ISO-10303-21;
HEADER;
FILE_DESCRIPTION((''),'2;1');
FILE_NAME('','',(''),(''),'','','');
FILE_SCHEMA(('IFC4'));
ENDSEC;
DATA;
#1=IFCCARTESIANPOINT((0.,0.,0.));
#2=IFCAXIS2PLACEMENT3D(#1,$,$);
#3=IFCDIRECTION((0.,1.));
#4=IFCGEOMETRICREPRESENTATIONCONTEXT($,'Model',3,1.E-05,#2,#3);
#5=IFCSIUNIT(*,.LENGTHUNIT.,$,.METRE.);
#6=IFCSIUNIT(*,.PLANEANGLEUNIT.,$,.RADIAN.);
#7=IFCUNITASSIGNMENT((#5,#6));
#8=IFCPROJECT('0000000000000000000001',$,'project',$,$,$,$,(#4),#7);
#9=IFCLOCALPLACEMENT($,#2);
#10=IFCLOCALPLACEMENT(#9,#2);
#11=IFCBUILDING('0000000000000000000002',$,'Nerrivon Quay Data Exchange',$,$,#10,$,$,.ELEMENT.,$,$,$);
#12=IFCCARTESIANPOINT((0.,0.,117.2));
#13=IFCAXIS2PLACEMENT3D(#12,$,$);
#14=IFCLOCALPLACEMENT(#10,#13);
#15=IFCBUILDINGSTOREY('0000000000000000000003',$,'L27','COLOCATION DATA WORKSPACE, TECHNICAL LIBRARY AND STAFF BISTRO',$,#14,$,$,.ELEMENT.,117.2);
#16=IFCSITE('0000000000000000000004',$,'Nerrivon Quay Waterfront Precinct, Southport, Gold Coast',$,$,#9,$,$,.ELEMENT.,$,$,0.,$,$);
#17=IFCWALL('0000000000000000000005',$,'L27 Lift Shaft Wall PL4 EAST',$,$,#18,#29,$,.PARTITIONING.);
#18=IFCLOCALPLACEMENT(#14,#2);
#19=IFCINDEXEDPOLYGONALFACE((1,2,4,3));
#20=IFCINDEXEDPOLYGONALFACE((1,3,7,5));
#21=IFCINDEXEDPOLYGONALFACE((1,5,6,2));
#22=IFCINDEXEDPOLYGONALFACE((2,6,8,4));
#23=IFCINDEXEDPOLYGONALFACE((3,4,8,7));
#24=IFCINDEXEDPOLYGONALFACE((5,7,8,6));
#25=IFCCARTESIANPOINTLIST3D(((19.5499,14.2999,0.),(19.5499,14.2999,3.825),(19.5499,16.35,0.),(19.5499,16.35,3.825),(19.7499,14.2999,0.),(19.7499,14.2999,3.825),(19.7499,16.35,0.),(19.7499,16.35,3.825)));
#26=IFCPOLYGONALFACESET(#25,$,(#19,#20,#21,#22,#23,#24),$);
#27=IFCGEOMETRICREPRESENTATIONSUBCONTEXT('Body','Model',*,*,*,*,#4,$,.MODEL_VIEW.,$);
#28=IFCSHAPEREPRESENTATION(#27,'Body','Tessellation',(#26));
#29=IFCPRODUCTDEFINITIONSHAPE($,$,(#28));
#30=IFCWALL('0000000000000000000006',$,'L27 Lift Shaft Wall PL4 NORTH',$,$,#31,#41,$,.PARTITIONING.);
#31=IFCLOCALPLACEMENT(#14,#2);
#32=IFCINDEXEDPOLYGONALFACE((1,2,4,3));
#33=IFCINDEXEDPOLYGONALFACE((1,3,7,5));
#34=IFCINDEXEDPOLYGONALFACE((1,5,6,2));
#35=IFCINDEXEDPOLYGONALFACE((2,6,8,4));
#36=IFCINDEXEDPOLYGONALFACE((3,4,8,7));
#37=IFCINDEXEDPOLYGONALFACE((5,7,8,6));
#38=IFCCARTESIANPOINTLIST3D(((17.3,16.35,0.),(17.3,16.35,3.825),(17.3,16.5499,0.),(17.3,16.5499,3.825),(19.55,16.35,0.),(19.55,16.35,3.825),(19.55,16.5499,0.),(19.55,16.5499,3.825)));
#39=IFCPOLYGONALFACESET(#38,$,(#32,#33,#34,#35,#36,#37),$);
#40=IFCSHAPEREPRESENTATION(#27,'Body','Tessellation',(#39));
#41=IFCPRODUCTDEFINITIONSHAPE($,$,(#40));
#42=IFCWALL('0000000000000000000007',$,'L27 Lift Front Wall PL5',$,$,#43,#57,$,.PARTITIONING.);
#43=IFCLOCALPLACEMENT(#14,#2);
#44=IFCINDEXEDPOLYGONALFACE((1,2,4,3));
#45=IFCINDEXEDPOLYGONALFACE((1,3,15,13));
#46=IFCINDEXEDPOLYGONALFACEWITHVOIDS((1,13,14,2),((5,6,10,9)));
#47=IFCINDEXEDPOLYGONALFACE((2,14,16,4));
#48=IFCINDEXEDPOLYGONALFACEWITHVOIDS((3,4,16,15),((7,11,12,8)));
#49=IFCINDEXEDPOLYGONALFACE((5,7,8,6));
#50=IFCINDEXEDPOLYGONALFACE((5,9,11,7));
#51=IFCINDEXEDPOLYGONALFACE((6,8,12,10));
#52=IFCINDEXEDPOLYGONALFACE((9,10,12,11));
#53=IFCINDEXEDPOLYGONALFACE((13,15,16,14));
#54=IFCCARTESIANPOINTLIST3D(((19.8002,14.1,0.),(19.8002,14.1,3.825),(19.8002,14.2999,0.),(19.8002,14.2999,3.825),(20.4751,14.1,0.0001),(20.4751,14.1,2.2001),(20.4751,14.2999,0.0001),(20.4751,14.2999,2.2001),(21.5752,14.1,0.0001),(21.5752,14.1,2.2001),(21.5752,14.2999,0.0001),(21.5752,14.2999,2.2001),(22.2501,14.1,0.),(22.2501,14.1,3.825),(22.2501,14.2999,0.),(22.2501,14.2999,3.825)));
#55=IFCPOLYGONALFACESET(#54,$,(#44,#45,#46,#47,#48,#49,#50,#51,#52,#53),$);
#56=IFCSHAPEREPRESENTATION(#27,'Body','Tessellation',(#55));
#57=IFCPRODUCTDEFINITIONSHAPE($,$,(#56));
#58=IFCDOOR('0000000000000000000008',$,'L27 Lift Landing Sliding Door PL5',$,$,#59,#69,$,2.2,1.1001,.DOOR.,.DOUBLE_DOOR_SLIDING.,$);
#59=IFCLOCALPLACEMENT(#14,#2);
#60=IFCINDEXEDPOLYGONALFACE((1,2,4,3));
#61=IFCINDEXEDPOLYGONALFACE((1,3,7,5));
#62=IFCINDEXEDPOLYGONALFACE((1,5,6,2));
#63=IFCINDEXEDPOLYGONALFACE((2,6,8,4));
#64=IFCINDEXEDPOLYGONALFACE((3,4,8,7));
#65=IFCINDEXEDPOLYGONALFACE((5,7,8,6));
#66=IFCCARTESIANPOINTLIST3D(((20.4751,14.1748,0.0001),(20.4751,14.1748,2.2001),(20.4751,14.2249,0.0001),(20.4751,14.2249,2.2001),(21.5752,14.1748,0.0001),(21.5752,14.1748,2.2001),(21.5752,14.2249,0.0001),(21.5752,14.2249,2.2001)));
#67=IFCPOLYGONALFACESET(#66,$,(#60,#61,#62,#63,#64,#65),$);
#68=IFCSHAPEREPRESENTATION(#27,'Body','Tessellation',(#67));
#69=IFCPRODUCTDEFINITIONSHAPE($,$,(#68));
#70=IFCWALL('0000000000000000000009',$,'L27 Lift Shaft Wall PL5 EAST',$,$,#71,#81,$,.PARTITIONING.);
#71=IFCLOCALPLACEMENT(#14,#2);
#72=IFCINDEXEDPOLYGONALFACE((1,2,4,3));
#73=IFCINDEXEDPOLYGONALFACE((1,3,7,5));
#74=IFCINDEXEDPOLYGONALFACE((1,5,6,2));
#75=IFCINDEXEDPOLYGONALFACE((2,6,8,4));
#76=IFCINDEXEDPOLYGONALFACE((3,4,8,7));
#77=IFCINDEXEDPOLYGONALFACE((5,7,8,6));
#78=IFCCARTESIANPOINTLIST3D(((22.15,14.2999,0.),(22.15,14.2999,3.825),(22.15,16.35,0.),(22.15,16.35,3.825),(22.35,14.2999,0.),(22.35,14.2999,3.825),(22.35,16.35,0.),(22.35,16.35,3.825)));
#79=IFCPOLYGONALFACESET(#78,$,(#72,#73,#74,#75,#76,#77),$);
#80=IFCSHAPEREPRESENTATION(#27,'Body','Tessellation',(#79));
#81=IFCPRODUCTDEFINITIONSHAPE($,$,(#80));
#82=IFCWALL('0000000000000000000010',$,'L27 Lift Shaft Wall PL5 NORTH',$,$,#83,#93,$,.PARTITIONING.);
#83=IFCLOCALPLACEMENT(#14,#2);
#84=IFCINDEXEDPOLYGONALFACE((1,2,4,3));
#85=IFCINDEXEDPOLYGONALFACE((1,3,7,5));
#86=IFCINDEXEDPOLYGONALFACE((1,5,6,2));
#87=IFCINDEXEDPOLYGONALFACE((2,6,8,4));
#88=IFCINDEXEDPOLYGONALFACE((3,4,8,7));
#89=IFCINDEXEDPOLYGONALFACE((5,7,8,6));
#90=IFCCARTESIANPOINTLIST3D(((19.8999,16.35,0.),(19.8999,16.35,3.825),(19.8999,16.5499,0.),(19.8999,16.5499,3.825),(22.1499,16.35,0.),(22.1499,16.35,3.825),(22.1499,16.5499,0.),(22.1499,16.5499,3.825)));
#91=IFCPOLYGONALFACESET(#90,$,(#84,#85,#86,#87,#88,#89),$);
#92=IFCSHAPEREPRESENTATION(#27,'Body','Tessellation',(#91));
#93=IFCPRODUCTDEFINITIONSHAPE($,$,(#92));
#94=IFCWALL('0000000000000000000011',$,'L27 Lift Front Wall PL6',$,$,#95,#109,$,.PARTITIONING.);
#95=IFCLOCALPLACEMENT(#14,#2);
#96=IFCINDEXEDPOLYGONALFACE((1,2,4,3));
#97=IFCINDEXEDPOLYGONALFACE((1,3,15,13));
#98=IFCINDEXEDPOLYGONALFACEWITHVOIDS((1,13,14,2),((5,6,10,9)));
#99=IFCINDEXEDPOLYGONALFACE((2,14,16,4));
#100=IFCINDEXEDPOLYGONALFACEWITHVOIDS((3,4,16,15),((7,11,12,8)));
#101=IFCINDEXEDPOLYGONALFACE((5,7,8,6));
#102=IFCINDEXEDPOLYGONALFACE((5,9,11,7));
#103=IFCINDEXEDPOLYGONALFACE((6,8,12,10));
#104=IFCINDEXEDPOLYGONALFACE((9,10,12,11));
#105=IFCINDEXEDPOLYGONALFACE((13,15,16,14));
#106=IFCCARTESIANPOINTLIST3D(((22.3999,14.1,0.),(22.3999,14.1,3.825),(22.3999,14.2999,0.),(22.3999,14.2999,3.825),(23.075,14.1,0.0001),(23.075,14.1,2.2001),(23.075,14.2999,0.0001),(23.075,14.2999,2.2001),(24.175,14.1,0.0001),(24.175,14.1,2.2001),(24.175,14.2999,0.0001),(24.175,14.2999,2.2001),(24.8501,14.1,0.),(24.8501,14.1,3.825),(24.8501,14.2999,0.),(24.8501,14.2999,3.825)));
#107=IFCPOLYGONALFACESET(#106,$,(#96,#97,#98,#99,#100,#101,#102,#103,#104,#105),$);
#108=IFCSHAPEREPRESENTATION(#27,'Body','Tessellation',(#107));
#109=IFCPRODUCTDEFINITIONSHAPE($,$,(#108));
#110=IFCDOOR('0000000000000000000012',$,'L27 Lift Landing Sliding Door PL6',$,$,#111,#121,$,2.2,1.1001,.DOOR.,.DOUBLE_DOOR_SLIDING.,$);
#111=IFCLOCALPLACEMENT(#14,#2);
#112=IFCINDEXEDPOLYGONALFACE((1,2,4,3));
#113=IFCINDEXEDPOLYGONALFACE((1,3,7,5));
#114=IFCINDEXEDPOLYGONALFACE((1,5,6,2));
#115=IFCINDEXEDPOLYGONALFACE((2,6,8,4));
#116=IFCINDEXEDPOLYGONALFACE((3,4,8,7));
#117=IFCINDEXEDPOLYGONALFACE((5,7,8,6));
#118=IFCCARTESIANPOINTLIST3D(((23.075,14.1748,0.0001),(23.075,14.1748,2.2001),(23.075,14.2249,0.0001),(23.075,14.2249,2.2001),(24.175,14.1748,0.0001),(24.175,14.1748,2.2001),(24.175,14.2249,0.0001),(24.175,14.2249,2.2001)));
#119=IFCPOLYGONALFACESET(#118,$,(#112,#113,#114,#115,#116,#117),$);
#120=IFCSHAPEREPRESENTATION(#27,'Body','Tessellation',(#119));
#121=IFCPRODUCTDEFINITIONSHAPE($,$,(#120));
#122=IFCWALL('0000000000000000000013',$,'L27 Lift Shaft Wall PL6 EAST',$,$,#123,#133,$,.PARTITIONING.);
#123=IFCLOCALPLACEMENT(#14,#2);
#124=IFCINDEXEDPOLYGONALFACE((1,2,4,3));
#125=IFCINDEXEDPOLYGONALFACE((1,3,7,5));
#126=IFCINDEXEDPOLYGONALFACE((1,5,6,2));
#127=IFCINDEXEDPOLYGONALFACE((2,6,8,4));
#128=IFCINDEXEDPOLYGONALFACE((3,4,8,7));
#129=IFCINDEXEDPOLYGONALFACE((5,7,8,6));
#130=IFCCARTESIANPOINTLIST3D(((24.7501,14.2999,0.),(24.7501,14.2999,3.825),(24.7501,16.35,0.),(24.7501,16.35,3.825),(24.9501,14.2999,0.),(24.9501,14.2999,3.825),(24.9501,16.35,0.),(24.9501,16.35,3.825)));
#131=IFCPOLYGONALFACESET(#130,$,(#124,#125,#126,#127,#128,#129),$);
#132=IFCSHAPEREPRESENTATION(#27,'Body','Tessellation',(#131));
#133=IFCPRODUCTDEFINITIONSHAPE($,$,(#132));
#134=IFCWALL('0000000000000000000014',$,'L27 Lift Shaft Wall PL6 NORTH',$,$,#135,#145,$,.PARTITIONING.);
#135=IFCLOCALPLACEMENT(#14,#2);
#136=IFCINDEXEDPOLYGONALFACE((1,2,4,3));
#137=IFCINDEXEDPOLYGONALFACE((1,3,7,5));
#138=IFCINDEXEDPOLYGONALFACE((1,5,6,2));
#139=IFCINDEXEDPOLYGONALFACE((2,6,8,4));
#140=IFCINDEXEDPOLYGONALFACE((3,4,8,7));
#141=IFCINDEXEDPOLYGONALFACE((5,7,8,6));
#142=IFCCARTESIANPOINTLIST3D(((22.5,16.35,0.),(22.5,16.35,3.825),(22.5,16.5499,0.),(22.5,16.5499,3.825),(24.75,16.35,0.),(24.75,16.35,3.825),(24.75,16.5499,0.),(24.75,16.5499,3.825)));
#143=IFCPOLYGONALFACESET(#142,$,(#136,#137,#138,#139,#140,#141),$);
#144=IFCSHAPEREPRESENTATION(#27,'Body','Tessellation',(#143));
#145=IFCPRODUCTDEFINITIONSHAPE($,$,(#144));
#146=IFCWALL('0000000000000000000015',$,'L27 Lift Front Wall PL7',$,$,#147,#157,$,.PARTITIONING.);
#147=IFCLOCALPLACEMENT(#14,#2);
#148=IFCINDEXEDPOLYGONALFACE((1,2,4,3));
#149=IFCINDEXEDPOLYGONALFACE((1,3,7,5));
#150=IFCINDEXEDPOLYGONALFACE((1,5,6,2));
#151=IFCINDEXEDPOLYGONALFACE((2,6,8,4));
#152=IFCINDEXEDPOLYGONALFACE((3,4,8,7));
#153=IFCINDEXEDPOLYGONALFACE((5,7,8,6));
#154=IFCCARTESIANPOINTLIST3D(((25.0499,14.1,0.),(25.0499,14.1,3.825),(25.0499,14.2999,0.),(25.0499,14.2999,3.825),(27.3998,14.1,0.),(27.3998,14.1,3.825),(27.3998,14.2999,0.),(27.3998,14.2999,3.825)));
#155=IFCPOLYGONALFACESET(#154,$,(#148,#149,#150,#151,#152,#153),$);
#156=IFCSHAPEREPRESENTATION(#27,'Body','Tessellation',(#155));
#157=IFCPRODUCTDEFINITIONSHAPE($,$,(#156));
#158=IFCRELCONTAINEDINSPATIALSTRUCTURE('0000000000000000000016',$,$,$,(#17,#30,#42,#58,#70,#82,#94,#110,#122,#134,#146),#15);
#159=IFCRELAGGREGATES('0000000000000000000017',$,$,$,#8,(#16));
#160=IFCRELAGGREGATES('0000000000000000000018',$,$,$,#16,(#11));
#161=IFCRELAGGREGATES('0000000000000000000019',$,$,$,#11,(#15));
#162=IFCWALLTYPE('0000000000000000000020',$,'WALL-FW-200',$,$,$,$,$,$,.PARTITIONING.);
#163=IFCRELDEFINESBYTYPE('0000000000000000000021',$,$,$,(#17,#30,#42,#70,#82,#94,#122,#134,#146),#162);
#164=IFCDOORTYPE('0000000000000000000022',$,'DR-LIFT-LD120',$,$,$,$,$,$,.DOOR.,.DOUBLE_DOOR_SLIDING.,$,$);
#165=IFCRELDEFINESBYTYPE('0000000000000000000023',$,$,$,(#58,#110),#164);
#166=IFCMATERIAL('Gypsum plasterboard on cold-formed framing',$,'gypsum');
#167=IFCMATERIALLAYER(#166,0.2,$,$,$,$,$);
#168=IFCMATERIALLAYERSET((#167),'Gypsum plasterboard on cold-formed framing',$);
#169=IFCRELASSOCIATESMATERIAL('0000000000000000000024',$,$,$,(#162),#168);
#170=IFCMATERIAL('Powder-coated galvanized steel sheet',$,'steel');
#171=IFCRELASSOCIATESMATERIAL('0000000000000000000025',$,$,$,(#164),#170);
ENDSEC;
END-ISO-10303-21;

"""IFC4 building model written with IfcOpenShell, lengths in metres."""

from ifc_helpers import new_model, si_unit, direction, frame, frame_2d, origin, place, context, subcontext, project, spatial, rectangle, extrude, material, layer, layer_set, type_object, element, fill, save


model = new_model("IFC4")

# Units and contexts
model_context = context("Model", 3, precision=1e-05, world=origin(), true_north=direction((0.0, 1.0)))
body_context = subcontext(model_context, "Body", "Model", "MODEL_VIEW")
ifc_project = project(units=[si_unit("LENGTHUNIT", "METRE"), si_unit("PLANEANGLEUNIT", "RADIAN")], contexts=[model_context])

# Site, building, storey
site_placement = place(None, origin())
site = spatial("IfcSite", under=ifc_project, at=site_placement, Name="Nerrivon Quay Waterfront Precinct, Southport, Gold Coast", CompositionType="ELEMENT", RefElevation=0.0)
building_placement = place(site_placement, origin())
building = spatial("IfcBuilding", under=site, at=building_placement, Name="Nerrivon Quay Data Exchange", CompositionType="ELEMENT")
storey_placement = place(building_placement, frame((0.0, 0.0, 117.2)))
storey = spatial("IfcBuildingStorey", under=building, at=storey_placement, Name="L27", Description="COLOCATION DATA WORKSPACE, TECHNICAL LIBRARY AND STAFF BISTRO", CompositionType="ELEMENT", Elevation=117.2)

# Shared definitions
ifc_material_1 = material(Name="Gypsum plasterboard on cold-formed framing", Category="gypsum")
ifc_layer_1 = layer(ifc_material_1, 0.2)
ifc_layer_set_1 = layer_set([ifc_layer_1], Name="Gypsum plasterboard on cold-formed framing")
wall_type_1 = type_object("IfcWallType", Name="WALL-FW-200", PredefinedType="PARTITIONING", material=ifc_layer_set_1)

# Shared definitions
ifc_material_2 = material(Name="Powder-coated galvanized steel sheet", Category="steel")
door_type_1 = type_object("IfcDoorType", Name="DR-LIFT-LD120", OperationType="DOUBLE_DOOR_SLIDING", PredefinedType="DOOR", material=ifc_material_2)

# Walls
wall_1_placement = place(storey_placement, frame((19.6499, 14.3, 0.0), z_axis=(0.0, 0.0, 1.0), x_axis=(0.0, 1.0, 0.0)))
element("IfcWall", 1, at=wall_1_placement, inside=storey, type_object=wall_type_1, Name="L27 Lift Shaft Wall PL4 EAST", PredefinedType="PARTITIONING", context=body_context, shape_type="SweptSolid", body=[
    extrude(rectangle(XDim=2.05, YDim=0.2, at=frame_2d((1.0249, 0.0))), origin(), (0.0, 0.0, 1.0), 3.825),
])
wall_2_placement = place(storey_placement, frame((17.3, 16.45, 0.0), z_axis=(0.0, 0.0, 1.0), x_axis=(1.0, 0.0, 0.0)))
element("IfcWall", 2, at=wall_2_placement, inside=storey, type_object=wall_type_1, Name="L27 Lift Shaft Wall PL4 NORTH", PredefinedType="PARTITIONING", context=body_context, shape_type="SweptSolid", body=[
    extrude(rectangle(XDim=2.25, YDim=0.2, at=frame_2d((1.125, 0.0))), origin(), (0.0, 0.0, 1.0), 3.825),
])

# Wall, opening, door
wall_3_placement = place(storey_placement, frame((19.8, 14.2, 0.0), z_axis=(0.0, 0.0, 1.0), x_axis=(1.0, 0.0, 0.0)))
wall_3 = element("IfcWall", 3, at=wall_3_placement, inside=storey, type_object=wall_type_1, Name="L27 Lift Front Wall PL5", PredefinedType="PARTITIONING", context=body_context, shape_type="SweptSolid", body=[
    extrude(rectangle(XDim=2.45, YDim=0.2, at=frame_2d((1.2251, 0.0))), origin(), (0.0, 0.0, 1.0), 3.825),
])
opening_1_placement = place(wall_3_placement, frame((0.675, 0.0, 0.0)))
opening_1 = element("IfcOpeningElement", 4, at=opening_1_placement, cuts=wall_3, PredefinedType="OPENING", context=body_context, shape_type="SweptSolid", body=[
    extrude(rectangle(XDim=1.1001, YDim=2.2, at=frame_2d((0.55, 1.1001))), frame((0.0, 0.1099, 0.0), z_axis=(0.0, -1.0, 0.0), x_axis=(1.0, 0.0, 0.0)), (0.0, 0.0, 1.0), 0.22),
])
door_1_placement = place(opening_1_placement, origin())
door_1 = element("IfcDoor", 5, at=door_1_placement, inside=storey, type_object=door_type_1, Name="L27 Lift Landing Sliding Door PL5", OperationType="DOUBLE_DOOR_SLIDING", OverallHeight=2.2, OverallWidth=1.1001, PredefinedType="DOOR", context=body_context, shape_type="SweptSolid", body=[
    extrude(rectangle(XDim=1.1001, YDim=2.2, at=frame_2d((0.55, 1.1001))), frame((0.0, 0.0249, 0.0), z_axis=(0.0, -1.0, 0.0), x_axis=(1.0, 0.0, 0.0)), (0.0, 0.0, 1.0), 0.05),
])
fill(opening_1, door_1)

# Walls
wall_4_placement = place(storey_placement, frame((22.25, 14.3, 0.0), z_axis=(0.0, 0.0, 1.0), x_axis=(0.0, 1.0, 0.0)))
element("IfcWall", 6, at=wall_4_placement, inside=storey, type_object=wall_type_1, Name="L27 Lift Shaft Wall PL5 EAST", PredefinedType="PARTITIONING", context=body_context, shape_type="SweptSolid", body=[
    extrude(rectangle(XDim=2.05, YDim=0.2, at=frame_2d((1.0249, 0.0))), origin(), (0.0, 0.0, 1.0), 3.825),
])
wall_5_placement = place(storey_placement, frame((19.8999, 16.45, 0.0), z_axis=(0.0, 0.0, 1.0), x_axis=(1.0, 0.0, 0.0)))
element("IfcWall", 7, at=wall_5_placement, inside=storey, type_object=wall_type_1, Name="L27 Lift Shaft Wall PL5 NORTH", PredefinedType="PARTITIONING", context=body_context, shape_type="SweptSolid", body=[
    extrude(rectangle(XDim=2.25, YDim=0.2, at=frame_2d((1.125, 0.0))), origin(), (0.0, 0.0, 1.0), 3.825),
])

# Wall, opening, door
wall_6_placement = place(storey_placement, frame((22.3999, 14.2, 0.0), z_axis=(0.0, 0.0, 1.0), x_axis=(1.0, 0.0, 0.0)))
wall_6 = element("IfcWall", 8, at=wall_6_placement, inside=storey, type_object=wall_type_1, Name="L27 Lift Front Wall PL6", PredefinedType="PARTITIONING", context=body_context, shape_type="SweptSolid", body=[
    extrude(rectangle(XDim=2.4502, YDim=0.2, at=frame_2d((1.2251, 0.0))), origin(), (0.0, 0.0, 1.0), 3.825),
])
opening_2_placement = place(wall_6_placement, frame((0.675, 0.0, 0.0)))
opening_2 = element("IfcOpeningElement", 9, at=opening_2_placement, cuts=wall_6, PredefinedType="OPENING", context=body_context, shape_type="SweptSolid", body=[
    extrude(rectangle(XDim=1.1001, YDim=2.2, at=frame_2d((0.55, 1.1001))), frame((0.0, 0.1099, 0.0), z_axis=(0.0, -1.0, 0.0), x_axis=(1.0, 0.0, 0.0)), (0.0, 0.0, 1.0), 0.22),
])
door_2_placement = place(opening_2_placement, origin())
door_2 = element("IfcDoor", 10, at=door_2_placement, inside=storey, type_object=door_type_1, Name="L27 Lift Landing Sliding Door PL6", OperationType="DOUBLE_DOOR_SLIDING", OverallHeight=2.2, OverallWidth=1.1001, PredefinedType="DOOR", context=body_context, shape_type="SweptSolid", body=[
    extrude(rectangle(XDim=1.1001, YDim=2.2, at=frame_2d((0.55, 1.1001))), frame((0.0, 0.0249, 0.0), z_axis=(0.0, -1.0, 0.0), x_axis=(1.0, 0.0, 0.0)), (0.0, 0.0, 1.0), 0.05),
])
fill(opening_2, door_2)

# Walls
wall_7_placement = place(storey_placement, frame((24.8501, 14.3, 0.0), z_axis=(0.0, 0.0, 1.0), x_axis=(0.0, 1.0, 0.0)))
element("IfcWall", 11, at=wall_7_placement, inside=storey, type_object=wall_type_1, Name="L27 Lift Shaft Wall PL6 EAST", PredefinedType="PARTITIONING", context=body_context, shape_type="SweptSolid", body=[
    extrude(rectangle(XDim=2.05, YDim=0.2, at=frame_2d((1.0249, 0.0))), origin(), (0.0, 0.0, 1.0), 3.825),
])
wall_8_placement = place(storey_placement, frame((22.5, 16.45, 0.0), z_axis=(0.0, 0.0, 1.0), x_axis=(1.0, 0.0, 0.0)))
element("IfcWall", 12, at=wall_8_placement, inside=storey, type_object=wall_type_1, Name="L27 Lift Shaft Wall PL6 NORTH", PredefinedType="PARTITIONING", context=body_context, shape_type="SweptSolid", body=[
    extrude(rectangle(XDim=2.25, YDim=0.2, at=frame_2d((1.125, 0.0))), origin(), (0.0, 0.0, 1.0), 3.825),
])
wall_9_placement = place(storey_placement, frame((25.05, 14.2, 0.0), z_axis=(0.0, 0.0, 1.0), x_axis=(1.0, 0.0, 0.0)))
element("IfcWall", 13, at=wall_9_placement, inside=storey, type_object=wall_type_1, Name="L27 Lift Front Wall PL7", PredefinedType="PARTITIONING", context=body_context, shape_type="SweptSolid", body=[
    extrude(rectangle(XDim=2.3499, YDim=0.2, at=frame_2d((1.1748, 0.0))), origin(), (0.0, 0.0, 1.0), 3.825),
])

save(model, "model.ifc")
